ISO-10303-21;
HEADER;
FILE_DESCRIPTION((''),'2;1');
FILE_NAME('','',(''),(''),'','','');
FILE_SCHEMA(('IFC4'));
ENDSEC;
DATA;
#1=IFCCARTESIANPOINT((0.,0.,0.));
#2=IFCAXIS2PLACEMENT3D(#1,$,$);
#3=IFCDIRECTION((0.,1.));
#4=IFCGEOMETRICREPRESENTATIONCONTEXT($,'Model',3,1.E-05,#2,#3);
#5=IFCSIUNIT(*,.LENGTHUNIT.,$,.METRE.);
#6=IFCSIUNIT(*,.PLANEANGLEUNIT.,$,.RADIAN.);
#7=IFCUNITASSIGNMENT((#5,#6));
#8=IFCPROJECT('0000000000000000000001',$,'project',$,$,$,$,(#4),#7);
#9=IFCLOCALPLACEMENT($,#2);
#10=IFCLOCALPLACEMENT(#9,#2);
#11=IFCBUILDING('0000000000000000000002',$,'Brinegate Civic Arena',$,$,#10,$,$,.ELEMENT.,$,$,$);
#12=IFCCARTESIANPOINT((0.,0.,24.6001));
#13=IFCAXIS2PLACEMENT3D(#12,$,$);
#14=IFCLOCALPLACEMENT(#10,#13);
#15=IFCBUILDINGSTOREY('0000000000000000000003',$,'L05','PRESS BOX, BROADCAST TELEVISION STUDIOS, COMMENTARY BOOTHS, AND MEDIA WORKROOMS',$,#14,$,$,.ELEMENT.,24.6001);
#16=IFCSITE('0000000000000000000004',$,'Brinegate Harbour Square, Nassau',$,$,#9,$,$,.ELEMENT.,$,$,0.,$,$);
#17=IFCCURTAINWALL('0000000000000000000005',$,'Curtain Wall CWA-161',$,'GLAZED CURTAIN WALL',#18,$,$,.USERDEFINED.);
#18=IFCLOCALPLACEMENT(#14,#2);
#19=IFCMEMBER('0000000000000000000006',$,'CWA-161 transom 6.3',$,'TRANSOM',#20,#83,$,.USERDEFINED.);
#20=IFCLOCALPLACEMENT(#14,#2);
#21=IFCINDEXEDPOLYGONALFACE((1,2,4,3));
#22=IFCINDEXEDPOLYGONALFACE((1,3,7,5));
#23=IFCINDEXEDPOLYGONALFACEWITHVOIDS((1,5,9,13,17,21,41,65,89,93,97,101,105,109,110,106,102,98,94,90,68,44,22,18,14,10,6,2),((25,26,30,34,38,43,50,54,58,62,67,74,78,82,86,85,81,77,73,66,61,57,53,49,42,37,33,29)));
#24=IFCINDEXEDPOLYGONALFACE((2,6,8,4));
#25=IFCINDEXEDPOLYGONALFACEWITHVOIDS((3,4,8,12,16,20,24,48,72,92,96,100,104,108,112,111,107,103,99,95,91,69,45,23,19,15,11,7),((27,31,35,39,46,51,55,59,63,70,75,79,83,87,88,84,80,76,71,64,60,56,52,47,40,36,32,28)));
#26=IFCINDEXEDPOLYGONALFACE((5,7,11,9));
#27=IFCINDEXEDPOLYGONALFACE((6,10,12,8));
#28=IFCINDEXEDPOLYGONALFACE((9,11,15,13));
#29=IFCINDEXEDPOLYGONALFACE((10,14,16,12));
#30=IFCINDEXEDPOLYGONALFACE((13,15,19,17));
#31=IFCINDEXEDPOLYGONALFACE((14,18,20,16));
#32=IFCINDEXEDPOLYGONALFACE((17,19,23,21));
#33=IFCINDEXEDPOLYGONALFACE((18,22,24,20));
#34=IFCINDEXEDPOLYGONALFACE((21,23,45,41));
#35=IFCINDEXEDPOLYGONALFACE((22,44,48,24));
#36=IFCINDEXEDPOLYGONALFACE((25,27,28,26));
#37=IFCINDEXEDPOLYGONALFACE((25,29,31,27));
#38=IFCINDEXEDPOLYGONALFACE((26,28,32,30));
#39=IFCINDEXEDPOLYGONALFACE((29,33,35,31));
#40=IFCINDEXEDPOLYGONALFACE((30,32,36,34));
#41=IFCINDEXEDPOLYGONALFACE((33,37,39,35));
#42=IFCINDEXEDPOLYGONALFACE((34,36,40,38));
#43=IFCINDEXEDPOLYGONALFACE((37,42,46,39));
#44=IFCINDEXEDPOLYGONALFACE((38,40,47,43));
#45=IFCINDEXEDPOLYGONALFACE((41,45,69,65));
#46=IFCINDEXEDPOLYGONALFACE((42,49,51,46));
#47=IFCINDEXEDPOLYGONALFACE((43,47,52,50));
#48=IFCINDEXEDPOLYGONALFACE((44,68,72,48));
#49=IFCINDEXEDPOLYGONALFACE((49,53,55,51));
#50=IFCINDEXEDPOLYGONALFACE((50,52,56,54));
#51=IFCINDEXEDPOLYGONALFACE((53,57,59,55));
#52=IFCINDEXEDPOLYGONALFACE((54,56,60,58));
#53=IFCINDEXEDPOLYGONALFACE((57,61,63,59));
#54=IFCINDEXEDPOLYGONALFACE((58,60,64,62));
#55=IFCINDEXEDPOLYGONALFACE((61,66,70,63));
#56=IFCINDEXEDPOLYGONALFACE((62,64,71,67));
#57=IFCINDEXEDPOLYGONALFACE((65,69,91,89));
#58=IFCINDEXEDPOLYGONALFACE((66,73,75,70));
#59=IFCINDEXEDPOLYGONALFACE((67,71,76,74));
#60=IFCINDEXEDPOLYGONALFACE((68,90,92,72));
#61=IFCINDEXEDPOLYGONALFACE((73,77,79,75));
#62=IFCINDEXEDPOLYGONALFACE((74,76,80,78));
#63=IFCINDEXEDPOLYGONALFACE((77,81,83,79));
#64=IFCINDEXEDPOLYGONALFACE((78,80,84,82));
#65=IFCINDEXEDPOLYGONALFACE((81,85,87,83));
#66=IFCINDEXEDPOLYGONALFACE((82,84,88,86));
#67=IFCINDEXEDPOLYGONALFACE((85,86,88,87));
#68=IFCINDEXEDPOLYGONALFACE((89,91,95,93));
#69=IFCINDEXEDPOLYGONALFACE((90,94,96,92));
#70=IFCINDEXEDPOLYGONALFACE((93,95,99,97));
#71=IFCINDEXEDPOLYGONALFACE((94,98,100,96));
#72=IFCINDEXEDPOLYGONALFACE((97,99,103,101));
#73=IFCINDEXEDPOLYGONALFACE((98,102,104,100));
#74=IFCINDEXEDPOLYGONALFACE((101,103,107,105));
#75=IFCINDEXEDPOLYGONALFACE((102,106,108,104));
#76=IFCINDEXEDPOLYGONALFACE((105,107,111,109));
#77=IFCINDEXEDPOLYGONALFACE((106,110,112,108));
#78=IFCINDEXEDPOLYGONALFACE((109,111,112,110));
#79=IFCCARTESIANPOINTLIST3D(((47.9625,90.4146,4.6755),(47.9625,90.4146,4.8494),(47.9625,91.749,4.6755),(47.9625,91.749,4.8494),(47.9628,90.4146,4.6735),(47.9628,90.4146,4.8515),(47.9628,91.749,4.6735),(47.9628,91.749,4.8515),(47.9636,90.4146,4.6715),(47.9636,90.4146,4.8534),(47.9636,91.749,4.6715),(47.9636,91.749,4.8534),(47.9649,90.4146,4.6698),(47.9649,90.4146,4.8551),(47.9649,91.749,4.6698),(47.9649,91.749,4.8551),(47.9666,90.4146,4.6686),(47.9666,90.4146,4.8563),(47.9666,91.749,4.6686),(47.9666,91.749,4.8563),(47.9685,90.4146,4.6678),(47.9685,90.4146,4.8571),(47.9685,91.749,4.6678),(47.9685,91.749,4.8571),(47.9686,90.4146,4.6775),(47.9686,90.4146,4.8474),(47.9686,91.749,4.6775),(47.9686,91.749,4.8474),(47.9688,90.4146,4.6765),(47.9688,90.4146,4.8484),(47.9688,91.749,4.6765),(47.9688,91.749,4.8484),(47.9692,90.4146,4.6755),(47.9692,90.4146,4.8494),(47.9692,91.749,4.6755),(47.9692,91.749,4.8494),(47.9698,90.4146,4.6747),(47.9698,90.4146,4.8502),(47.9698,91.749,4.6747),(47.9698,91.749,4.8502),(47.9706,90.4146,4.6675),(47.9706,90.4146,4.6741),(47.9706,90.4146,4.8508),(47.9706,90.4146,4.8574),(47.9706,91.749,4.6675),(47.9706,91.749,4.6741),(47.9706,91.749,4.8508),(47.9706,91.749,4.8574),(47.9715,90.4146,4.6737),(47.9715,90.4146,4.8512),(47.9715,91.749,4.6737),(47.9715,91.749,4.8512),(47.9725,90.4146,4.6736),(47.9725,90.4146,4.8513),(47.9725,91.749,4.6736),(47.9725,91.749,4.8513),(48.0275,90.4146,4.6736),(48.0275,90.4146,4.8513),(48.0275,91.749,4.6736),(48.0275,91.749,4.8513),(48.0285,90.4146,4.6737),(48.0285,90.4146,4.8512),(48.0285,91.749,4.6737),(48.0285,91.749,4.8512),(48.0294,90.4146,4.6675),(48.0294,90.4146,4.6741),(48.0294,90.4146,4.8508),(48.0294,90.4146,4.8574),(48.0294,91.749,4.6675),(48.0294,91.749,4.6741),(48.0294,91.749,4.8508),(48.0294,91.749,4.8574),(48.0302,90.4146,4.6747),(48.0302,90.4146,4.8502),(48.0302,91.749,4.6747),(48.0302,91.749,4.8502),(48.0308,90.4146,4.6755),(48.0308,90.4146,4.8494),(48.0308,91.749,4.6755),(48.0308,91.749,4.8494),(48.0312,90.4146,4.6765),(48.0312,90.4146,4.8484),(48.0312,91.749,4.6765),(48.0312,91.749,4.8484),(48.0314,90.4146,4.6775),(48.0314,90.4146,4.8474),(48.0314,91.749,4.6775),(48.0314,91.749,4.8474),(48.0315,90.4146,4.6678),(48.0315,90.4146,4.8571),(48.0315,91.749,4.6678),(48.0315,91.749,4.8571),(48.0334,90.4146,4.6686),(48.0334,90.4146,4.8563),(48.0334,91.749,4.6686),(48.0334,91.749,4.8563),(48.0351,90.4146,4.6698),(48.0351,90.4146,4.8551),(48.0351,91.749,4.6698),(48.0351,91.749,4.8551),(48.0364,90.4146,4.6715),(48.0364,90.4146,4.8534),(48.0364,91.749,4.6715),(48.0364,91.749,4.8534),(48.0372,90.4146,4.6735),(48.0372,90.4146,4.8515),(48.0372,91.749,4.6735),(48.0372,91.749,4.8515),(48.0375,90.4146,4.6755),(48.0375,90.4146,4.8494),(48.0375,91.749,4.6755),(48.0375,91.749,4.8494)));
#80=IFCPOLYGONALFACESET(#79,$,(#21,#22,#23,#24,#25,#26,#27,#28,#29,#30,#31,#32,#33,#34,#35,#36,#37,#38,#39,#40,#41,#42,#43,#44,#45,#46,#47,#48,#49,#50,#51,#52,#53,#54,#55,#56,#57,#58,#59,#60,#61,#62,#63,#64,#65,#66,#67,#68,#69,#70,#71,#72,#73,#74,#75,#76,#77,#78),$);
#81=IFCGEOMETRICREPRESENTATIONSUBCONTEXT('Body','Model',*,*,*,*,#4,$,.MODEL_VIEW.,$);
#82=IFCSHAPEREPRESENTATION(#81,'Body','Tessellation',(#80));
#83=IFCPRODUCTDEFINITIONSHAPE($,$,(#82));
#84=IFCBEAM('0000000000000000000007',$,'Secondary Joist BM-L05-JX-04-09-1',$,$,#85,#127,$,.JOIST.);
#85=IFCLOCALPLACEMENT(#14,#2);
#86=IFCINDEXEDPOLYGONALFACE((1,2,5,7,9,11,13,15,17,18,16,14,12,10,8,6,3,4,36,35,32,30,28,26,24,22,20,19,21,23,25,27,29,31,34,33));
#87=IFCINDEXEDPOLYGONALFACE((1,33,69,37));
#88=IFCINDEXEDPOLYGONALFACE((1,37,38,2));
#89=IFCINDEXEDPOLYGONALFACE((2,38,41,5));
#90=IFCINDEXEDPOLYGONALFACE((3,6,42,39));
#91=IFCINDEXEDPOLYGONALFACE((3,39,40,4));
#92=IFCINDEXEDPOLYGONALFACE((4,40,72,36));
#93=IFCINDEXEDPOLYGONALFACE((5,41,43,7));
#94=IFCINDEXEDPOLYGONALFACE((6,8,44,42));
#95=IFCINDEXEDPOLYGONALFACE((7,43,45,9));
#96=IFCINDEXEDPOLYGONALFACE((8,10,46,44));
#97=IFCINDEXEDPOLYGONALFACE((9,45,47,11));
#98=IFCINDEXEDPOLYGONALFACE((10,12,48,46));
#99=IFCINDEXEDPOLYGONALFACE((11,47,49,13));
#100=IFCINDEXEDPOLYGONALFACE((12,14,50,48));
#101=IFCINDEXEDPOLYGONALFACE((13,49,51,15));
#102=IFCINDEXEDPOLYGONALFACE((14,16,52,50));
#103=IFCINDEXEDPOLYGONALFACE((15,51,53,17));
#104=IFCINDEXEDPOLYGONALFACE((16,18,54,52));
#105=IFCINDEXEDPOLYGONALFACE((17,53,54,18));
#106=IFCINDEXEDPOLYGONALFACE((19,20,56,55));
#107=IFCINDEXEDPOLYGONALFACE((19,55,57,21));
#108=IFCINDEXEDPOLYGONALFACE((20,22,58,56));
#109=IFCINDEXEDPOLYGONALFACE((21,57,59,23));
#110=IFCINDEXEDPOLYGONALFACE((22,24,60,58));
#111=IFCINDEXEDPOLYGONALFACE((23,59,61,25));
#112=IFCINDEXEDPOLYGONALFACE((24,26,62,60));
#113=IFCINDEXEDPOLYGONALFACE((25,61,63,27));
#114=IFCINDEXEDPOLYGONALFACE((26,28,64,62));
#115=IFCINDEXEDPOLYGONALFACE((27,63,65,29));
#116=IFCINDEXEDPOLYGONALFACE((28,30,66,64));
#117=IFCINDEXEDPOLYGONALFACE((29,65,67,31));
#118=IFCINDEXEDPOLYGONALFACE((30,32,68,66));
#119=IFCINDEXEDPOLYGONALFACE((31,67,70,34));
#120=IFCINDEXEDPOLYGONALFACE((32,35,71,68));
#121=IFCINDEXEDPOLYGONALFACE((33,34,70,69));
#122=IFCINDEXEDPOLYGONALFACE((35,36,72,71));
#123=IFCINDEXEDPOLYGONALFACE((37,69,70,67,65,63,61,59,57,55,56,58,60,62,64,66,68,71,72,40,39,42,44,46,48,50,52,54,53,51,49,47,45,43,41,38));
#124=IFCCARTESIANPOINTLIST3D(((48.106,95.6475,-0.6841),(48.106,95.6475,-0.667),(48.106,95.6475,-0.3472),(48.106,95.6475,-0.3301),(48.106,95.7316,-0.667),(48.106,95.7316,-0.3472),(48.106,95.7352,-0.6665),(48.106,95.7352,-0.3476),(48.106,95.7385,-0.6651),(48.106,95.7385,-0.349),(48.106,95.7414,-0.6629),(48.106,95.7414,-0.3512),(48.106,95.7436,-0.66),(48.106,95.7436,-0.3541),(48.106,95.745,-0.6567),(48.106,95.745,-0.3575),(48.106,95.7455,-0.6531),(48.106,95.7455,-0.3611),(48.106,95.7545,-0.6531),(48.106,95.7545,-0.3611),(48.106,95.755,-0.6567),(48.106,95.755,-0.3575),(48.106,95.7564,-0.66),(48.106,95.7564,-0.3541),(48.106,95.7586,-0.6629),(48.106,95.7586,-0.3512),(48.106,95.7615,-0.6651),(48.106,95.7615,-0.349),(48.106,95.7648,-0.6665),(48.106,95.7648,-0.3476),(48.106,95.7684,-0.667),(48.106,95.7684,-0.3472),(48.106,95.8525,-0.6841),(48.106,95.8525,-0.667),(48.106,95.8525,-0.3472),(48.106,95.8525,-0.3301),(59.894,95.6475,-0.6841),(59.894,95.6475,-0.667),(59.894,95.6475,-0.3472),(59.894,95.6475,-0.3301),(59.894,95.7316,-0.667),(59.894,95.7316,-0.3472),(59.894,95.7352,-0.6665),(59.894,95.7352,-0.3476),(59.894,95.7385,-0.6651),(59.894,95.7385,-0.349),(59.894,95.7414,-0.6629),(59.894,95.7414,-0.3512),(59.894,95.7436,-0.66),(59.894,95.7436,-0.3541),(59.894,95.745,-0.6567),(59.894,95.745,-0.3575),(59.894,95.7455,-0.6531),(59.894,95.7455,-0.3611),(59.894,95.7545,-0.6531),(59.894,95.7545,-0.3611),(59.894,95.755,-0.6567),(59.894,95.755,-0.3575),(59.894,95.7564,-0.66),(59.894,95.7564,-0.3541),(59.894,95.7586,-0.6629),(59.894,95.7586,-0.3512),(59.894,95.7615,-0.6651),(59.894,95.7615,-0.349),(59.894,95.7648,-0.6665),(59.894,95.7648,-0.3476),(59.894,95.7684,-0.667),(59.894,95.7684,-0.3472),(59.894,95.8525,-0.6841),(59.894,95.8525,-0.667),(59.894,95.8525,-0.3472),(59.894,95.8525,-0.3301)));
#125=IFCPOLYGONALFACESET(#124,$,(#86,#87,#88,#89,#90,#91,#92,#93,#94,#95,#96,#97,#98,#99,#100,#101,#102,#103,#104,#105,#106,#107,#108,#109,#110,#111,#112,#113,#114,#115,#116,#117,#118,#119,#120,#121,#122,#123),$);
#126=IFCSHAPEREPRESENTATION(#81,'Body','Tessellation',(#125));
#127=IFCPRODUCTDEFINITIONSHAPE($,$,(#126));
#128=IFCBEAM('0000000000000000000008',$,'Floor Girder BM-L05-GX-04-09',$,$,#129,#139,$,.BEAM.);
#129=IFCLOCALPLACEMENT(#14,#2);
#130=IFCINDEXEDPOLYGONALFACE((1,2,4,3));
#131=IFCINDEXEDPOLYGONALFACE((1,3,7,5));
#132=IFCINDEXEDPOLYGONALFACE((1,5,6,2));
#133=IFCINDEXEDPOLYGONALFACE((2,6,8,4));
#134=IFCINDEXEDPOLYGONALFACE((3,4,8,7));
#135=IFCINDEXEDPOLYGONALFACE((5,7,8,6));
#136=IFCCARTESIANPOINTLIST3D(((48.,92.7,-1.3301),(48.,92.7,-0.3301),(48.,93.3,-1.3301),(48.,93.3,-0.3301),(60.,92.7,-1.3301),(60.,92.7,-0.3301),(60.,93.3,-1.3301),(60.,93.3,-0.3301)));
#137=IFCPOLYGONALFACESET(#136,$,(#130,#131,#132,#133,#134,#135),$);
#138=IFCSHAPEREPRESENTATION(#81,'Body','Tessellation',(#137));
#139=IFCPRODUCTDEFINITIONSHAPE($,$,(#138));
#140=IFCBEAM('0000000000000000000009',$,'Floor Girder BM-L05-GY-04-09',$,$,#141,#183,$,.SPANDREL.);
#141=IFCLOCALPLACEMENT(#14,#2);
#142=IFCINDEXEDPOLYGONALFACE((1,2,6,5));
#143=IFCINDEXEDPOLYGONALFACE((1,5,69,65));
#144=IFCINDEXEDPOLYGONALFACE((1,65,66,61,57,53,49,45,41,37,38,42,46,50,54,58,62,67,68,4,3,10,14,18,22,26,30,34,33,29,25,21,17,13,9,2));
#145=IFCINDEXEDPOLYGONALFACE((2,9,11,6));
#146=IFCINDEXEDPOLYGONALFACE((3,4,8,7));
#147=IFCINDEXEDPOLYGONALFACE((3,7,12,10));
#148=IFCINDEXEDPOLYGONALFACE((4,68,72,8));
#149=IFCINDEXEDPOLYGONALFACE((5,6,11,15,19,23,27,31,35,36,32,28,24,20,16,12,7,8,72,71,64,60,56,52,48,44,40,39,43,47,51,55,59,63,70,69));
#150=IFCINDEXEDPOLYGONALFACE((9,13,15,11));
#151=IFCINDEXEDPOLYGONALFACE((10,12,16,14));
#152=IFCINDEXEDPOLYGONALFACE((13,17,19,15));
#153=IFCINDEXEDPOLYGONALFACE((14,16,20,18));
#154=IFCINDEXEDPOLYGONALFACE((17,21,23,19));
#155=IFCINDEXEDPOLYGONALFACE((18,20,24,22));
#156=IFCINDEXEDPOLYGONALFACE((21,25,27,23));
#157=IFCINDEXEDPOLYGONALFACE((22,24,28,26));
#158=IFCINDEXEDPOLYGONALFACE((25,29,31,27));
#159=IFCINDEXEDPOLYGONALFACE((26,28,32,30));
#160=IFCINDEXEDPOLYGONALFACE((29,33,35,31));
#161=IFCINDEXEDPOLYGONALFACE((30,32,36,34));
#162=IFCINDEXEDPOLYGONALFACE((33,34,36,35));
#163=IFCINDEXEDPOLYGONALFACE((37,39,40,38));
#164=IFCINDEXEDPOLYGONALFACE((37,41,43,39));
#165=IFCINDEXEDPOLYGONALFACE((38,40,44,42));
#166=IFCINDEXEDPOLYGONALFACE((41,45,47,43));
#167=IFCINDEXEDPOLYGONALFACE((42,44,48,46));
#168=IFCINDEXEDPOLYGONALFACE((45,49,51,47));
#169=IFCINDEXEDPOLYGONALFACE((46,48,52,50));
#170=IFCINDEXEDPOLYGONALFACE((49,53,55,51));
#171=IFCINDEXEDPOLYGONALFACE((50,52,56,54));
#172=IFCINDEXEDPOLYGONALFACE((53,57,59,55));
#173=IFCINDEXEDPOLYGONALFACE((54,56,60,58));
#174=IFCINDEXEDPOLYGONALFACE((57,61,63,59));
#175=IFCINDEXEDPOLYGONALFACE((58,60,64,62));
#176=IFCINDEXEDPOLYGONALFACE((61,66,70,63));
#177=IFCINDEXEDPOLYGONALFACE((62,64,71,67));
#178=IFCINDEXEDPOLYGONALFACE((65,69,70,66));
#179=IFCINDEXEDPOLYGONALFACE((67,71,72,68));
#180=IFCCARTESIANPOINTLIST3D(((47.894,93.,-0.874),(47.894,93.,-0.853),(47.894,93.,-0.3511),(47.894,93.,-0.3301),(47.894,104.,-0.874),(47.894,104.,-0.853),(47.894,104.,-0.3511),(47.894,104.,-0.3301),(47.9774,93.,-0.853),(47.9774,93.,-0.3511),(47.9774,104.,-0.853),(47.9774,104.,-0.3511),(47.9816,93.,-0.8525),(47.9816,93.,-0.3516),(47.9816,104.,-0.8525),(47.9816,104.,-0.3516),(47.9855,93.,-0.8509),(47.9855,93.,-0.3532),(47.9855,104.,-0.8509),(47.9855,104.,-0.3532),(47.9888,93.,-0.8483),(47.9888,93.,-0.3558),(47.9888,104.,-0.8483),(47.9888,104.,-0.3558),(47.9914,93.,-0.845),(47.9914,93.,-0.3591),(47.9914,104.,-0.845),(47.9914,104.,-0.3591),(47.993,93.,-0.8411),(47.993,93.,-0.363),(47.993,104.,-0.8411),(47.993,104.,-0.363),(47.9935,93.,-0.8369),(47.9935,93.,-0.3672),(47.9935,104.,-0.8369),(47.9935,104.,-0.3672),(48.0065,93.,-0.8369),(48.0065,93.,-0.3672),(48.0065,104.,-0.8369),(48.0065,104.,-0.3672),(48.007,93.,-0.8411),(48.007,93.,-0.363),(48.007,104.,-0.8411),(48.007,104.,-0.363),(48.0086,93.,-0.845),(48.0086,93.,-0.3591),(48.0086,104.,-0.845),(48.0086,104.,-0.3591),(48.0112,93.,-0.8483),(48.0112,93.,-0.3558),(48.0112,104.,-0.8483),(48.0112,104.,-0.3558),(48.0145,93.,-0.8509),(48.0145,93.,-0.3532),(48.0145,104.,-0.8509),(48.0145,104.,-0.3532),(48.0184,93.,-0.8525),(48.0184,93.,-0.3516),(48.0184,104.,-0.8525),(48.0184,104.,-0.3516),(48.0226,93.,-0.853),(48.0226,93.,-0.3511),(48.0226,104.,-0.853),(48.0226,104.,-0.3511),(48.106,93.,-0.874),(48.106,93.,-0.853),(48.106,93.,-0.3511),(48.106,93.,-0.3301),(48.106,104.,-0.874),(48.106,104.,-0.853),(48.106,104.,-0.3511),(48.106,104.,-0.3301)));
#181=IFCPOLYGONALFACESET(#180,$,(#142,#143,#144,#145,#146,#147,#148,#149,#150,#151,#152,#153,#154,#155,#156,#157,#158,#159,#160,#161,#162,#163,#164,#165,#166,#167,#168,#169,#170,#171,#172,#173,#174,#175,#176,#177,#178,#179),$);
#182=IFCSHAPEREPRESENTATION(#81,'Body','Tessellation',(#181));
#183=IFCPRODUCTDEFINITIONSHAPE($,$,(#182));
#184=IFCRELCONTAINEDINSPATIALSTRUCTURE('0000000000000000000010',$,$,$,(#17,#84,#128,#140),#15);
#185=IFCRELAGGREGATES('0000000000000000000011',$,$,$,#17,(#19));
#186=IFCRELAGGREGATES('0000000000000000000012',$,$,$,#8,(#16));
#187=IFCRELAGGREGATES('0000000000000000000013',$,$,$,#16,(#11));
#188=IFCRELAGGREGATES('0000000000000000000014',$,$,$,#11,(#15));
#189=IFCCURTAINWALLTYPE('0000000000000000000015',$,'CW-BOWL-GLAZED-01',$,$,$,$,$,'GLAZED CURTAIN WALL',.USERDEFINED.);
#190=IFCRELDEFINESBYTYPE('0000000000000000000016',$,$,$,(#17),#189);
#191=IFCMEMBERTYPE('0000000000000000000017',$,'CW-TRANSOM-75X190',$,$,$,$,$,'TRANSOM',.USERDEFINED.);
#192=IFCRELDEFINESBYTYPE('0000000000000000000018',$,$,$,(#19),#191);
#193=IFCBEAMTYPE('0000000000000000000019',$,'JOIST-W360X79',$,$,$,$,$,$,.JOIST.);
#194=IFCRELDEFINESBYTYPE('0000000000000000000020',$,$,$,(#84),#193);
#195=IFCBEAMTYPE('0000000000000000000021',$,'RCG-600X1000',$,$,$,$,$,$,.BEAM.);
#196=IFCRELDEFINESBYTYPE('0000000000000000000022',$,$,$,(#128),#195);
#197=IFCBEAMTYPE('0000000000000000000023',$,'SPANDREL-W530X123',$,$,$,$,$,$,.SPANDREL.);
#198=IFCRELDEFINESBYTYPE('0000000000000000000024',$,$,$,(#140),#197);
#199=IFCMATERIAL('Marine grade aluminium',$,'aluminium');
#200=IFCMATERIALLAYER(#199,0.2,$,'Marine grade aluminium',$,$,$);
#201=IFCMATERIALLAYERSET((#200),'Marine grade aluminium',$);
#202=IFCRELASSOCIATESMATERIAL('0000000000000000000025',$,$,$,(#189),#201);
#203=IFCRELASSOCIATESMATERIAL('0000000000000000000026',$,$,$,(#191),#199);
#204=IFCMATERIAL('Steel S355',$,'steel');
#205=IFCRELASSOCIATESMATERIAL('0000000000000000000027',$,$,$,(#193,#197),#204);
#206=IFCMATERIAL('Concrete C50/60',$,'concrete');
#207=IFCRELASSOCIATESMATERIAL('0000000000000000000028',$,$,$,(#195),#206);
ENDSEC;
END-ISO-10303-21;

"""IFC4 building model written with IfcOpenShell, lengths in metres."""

from ifc_helpers import new_model, si_unit, direction, frame, origin, origin_2d, place, context, subcontext, project, spatial, rectangle, hollow_rectangle, i_section, extrude, material, layer, layer_set, material_profile, profile_set, type_object, element, aggregate, save


model = new_model("IFC4")

# Units and contexts
model_context = context("Model", 3, precision=1e-05, world=origin(), true_north=direction((0.0, 1.0)))
body_context = subcontext(model_context, "Body", "Model", "MODEL_VIEW")
ifc_project = project(units=[si_unit("LENGTHUNIT", "METRE"), si_unit("PLANEANGLEUNIT", "RADIAN")], contexts=[model_context])

# Site, building, storey
site_placement = place(None, origin())
site = spatial("IfcSite", under=ifc_project, at=site_placement, Name="Brinegate Harbour Square, Nassau", CompositionType="ELEMENT", RefElevation=0.0)
building_placement = place(site_placement, origin())
building = spatial("IfcBuilding", under=site, at=building_placement, Name="Brinegate Civic Arena", CompositionType="ELEMENT")
storey_placement = place(building_placement, frame((0.0, 0.0, 24.6001)))
storey = spatial("IfcBuildingStorey", under=building, at=storey_placement, Name="L05", Description="PRESS BOX, BROADCAST TELEVISION STUDIOS, COMMENTARY BOOTHS, AND MEDIA WORKROOMS", CompositionType="ELEMENT", Elevation=24.6001)

# Shared definitions
ifc_material_1 = material(Name="Concrete C50/60", Category="concrete")

# Curtain wall
ifc_material_2 = material(Name="Marine grade aluminium", Category="aluminium")
ifc_layer_1 = layer(ifc_material_2, 0.2, Name="Marine grade aluminium")
ifc_layer_set_1 = layer_set([ifc_layer_1], Name="Marine grade aluminium")
curtain_wall_type = type_object("IfcCurtainWallType", Name="CW-BOWL-GLAZED-01", ElementType="GLAZED CURTAIN WALL", PredefinedType="USERDEFINED", material=ifc_layer_set_1)
curtain_wall_1_placement = place(storey_placement, origin())
curtain_wall_1 = element("IfcCurtainWall", 1, at=curtain_wall_1_placement, inside=storey, type_object=curtain_wall_type, Name="Curtain Wall CWA-161", ObjectType="GLAZED CURTAIN WALL", PredefinedType="USERDEFINED")

# Member
ifc_material_profile_1 = material_profile(ifc_material_2, hollow_rectangle(XDim=0.075, YDim=0.1899, WallThickness=0.0061, InnerFilletRadius=0.0039, OuterFilletRadius=0.0081, at=origin_2d()), Name="TRN75X190")
ifc_profile_set_1 = profile_set([ifc_material_profile_1], Name="Marine grade aluminium")
member_type_1 = type_object("IfcMemberType", Name="CW-TRANSOM-75X190", ElementType="TRANSOM", PredefinedType="USERDEFINED", material=ifc_profile_set_1)
member_1_placement = place(storey_placement, frame((48.0, 90.4146, 4.7625), z_axis=(0.0, 1.0, 0.0), x_axis=(-1.0, 0.0, 0.0)))
member_1 = element("IfcMember", 2, at=member_1_placement, type_object=member_type_1, Name="CWA-161 transom 6.3", ObjectType="TRANSOM", PredefinedType="USERDEFINED", context=body_context, shape_type="SweptSolid", body=[
    extrude(hollow_rectangle(XDim=0.075, YDim=0.1899, WallThickness=0.0061, InnerFilletRadius=0.0039, OuterFilletRadius=0.0081, at=origin_2d()), origin(), (0.0, 0.0, 1.0), 1.3345),
])

# Beams
ifc_material_3 = material(Name="Steel S355", Category="steel")
ifc_material_profile_2 = material_profile(ifc_material_3, i_section(OverallWidth=0.2051, OverallDepth=0.354, WebThickness=0.009, FlangeThickness=0.0171, FilletRadius=0.0139, at=origin_2d()), Name="W360X79")
ifc_profile_set_2 = profile_set([ifc_material_profile_2], Name="Steel S355")
beam_type_1 = type_object("IfcBeamType", Name="JOIST-W360X79", PredefinedType="JOIST", material=ifc_profile_set_2)
beam_1_placement = place(storey_placement, frame((48.106, 95.75, -0.5071), z_axis=(1.0, 0.0, 0.0), x_axis=(0.0, 1.0, 0.0)))
element("IfcBeam", 3, at=beam_1_placement, inside=storey, type_object=beam_type_1, Name="Secondary Joist BM-L05-JX-04-09-1", PredefinedType="JOIST", context=body_context, shape_type="SweptSolid", body=[
    extrude(i_section(OverallWidth=0.2051, OverallDepth=0.354, WebThickness=0.009, FlangeThickness=0.0171, FilletRadius=0.0139, at=origin_2d()), origin(), (0.0, 0.0, 1.0), 11.7881),
])
ifc_material_profile_3 = material_profile(ifc_material_1, rectangle(XDim=0.6001, YDim=1.0, at=origin_2d()), Name="RCB600X1000")
ifc_profile_set_3 = profile_set([ifc_material_profile_3], Name="Concrete C50/60")
beam_type_2 = type_object("IfcBeamType", Name="RCG-600X1000", PredefinedType="BEAM", material=ifc_profile_set_3)
beam_2_placement = place(storey_placement, frame((48.0, 93.0, -0.8301), z_axis=(1.0, 0.0, 0.0), x_axis=(0.0, 1.0, 0.0)))
element("IfcBeam", 4, at=beam_2_placement, inside=storey, type_object=beam_type_2, Name="Floor Girder BM-L05-GX-04-09", PredefinedType="BEAM", context=body_context, shape_type="SweptSolid", body=[
    extrude(rectangle(XDim=0.6001, YDim=1.0, at=origin_2d()), origin(), (0.0, 0.0, 1.0), 12.0),
])
ifc_material_profile_4 = material_profile(ifc_material_3, i_section(OverallWidth=0.2119, OverallDepth=0.5439, WebThickness=0.0129, FlangeThickness=0.021, FilletRadius=0.0161, at=origin_2d()), Name="W530X123")
ifc_profile_set_4 = profile_set([ifc_material_profile_4], Name="Steel S355")
beam_type_3 = type_object("IfcBeamType", Name="SPANDREL-W530X123", PredefinedType="SPANDREL", material=ifc_profile_set_4)
beam_3_placement = place(storey_placement, frame((48.0, 93.0, -0.6021), z_axis=(0.0, 1.0, 0.0), x_axis=(-1.0, 0.0, 0.0)))
element("IfcBeam", 5, at=beam_3_placement, inside=storey, type_object=beam_type_3, Name="Floor Girder BM-L05-GY-04-09", PredefinedType="SPANDREL", context=body_context, shape_type="SweptSolid", body=[
    extrude(i_section(OverallWidth=0.2119, OverallDepth=0.5439, WebThickness=0.0129, FlangeThickness=0.021, FilletRadius=0.0161, at=origin_2d()), origin(), (0.0, 0.0, 1.0), 11.0),
])

aggregate(curtain_wall_1, [member_1])

save(model, "model.ifc")
